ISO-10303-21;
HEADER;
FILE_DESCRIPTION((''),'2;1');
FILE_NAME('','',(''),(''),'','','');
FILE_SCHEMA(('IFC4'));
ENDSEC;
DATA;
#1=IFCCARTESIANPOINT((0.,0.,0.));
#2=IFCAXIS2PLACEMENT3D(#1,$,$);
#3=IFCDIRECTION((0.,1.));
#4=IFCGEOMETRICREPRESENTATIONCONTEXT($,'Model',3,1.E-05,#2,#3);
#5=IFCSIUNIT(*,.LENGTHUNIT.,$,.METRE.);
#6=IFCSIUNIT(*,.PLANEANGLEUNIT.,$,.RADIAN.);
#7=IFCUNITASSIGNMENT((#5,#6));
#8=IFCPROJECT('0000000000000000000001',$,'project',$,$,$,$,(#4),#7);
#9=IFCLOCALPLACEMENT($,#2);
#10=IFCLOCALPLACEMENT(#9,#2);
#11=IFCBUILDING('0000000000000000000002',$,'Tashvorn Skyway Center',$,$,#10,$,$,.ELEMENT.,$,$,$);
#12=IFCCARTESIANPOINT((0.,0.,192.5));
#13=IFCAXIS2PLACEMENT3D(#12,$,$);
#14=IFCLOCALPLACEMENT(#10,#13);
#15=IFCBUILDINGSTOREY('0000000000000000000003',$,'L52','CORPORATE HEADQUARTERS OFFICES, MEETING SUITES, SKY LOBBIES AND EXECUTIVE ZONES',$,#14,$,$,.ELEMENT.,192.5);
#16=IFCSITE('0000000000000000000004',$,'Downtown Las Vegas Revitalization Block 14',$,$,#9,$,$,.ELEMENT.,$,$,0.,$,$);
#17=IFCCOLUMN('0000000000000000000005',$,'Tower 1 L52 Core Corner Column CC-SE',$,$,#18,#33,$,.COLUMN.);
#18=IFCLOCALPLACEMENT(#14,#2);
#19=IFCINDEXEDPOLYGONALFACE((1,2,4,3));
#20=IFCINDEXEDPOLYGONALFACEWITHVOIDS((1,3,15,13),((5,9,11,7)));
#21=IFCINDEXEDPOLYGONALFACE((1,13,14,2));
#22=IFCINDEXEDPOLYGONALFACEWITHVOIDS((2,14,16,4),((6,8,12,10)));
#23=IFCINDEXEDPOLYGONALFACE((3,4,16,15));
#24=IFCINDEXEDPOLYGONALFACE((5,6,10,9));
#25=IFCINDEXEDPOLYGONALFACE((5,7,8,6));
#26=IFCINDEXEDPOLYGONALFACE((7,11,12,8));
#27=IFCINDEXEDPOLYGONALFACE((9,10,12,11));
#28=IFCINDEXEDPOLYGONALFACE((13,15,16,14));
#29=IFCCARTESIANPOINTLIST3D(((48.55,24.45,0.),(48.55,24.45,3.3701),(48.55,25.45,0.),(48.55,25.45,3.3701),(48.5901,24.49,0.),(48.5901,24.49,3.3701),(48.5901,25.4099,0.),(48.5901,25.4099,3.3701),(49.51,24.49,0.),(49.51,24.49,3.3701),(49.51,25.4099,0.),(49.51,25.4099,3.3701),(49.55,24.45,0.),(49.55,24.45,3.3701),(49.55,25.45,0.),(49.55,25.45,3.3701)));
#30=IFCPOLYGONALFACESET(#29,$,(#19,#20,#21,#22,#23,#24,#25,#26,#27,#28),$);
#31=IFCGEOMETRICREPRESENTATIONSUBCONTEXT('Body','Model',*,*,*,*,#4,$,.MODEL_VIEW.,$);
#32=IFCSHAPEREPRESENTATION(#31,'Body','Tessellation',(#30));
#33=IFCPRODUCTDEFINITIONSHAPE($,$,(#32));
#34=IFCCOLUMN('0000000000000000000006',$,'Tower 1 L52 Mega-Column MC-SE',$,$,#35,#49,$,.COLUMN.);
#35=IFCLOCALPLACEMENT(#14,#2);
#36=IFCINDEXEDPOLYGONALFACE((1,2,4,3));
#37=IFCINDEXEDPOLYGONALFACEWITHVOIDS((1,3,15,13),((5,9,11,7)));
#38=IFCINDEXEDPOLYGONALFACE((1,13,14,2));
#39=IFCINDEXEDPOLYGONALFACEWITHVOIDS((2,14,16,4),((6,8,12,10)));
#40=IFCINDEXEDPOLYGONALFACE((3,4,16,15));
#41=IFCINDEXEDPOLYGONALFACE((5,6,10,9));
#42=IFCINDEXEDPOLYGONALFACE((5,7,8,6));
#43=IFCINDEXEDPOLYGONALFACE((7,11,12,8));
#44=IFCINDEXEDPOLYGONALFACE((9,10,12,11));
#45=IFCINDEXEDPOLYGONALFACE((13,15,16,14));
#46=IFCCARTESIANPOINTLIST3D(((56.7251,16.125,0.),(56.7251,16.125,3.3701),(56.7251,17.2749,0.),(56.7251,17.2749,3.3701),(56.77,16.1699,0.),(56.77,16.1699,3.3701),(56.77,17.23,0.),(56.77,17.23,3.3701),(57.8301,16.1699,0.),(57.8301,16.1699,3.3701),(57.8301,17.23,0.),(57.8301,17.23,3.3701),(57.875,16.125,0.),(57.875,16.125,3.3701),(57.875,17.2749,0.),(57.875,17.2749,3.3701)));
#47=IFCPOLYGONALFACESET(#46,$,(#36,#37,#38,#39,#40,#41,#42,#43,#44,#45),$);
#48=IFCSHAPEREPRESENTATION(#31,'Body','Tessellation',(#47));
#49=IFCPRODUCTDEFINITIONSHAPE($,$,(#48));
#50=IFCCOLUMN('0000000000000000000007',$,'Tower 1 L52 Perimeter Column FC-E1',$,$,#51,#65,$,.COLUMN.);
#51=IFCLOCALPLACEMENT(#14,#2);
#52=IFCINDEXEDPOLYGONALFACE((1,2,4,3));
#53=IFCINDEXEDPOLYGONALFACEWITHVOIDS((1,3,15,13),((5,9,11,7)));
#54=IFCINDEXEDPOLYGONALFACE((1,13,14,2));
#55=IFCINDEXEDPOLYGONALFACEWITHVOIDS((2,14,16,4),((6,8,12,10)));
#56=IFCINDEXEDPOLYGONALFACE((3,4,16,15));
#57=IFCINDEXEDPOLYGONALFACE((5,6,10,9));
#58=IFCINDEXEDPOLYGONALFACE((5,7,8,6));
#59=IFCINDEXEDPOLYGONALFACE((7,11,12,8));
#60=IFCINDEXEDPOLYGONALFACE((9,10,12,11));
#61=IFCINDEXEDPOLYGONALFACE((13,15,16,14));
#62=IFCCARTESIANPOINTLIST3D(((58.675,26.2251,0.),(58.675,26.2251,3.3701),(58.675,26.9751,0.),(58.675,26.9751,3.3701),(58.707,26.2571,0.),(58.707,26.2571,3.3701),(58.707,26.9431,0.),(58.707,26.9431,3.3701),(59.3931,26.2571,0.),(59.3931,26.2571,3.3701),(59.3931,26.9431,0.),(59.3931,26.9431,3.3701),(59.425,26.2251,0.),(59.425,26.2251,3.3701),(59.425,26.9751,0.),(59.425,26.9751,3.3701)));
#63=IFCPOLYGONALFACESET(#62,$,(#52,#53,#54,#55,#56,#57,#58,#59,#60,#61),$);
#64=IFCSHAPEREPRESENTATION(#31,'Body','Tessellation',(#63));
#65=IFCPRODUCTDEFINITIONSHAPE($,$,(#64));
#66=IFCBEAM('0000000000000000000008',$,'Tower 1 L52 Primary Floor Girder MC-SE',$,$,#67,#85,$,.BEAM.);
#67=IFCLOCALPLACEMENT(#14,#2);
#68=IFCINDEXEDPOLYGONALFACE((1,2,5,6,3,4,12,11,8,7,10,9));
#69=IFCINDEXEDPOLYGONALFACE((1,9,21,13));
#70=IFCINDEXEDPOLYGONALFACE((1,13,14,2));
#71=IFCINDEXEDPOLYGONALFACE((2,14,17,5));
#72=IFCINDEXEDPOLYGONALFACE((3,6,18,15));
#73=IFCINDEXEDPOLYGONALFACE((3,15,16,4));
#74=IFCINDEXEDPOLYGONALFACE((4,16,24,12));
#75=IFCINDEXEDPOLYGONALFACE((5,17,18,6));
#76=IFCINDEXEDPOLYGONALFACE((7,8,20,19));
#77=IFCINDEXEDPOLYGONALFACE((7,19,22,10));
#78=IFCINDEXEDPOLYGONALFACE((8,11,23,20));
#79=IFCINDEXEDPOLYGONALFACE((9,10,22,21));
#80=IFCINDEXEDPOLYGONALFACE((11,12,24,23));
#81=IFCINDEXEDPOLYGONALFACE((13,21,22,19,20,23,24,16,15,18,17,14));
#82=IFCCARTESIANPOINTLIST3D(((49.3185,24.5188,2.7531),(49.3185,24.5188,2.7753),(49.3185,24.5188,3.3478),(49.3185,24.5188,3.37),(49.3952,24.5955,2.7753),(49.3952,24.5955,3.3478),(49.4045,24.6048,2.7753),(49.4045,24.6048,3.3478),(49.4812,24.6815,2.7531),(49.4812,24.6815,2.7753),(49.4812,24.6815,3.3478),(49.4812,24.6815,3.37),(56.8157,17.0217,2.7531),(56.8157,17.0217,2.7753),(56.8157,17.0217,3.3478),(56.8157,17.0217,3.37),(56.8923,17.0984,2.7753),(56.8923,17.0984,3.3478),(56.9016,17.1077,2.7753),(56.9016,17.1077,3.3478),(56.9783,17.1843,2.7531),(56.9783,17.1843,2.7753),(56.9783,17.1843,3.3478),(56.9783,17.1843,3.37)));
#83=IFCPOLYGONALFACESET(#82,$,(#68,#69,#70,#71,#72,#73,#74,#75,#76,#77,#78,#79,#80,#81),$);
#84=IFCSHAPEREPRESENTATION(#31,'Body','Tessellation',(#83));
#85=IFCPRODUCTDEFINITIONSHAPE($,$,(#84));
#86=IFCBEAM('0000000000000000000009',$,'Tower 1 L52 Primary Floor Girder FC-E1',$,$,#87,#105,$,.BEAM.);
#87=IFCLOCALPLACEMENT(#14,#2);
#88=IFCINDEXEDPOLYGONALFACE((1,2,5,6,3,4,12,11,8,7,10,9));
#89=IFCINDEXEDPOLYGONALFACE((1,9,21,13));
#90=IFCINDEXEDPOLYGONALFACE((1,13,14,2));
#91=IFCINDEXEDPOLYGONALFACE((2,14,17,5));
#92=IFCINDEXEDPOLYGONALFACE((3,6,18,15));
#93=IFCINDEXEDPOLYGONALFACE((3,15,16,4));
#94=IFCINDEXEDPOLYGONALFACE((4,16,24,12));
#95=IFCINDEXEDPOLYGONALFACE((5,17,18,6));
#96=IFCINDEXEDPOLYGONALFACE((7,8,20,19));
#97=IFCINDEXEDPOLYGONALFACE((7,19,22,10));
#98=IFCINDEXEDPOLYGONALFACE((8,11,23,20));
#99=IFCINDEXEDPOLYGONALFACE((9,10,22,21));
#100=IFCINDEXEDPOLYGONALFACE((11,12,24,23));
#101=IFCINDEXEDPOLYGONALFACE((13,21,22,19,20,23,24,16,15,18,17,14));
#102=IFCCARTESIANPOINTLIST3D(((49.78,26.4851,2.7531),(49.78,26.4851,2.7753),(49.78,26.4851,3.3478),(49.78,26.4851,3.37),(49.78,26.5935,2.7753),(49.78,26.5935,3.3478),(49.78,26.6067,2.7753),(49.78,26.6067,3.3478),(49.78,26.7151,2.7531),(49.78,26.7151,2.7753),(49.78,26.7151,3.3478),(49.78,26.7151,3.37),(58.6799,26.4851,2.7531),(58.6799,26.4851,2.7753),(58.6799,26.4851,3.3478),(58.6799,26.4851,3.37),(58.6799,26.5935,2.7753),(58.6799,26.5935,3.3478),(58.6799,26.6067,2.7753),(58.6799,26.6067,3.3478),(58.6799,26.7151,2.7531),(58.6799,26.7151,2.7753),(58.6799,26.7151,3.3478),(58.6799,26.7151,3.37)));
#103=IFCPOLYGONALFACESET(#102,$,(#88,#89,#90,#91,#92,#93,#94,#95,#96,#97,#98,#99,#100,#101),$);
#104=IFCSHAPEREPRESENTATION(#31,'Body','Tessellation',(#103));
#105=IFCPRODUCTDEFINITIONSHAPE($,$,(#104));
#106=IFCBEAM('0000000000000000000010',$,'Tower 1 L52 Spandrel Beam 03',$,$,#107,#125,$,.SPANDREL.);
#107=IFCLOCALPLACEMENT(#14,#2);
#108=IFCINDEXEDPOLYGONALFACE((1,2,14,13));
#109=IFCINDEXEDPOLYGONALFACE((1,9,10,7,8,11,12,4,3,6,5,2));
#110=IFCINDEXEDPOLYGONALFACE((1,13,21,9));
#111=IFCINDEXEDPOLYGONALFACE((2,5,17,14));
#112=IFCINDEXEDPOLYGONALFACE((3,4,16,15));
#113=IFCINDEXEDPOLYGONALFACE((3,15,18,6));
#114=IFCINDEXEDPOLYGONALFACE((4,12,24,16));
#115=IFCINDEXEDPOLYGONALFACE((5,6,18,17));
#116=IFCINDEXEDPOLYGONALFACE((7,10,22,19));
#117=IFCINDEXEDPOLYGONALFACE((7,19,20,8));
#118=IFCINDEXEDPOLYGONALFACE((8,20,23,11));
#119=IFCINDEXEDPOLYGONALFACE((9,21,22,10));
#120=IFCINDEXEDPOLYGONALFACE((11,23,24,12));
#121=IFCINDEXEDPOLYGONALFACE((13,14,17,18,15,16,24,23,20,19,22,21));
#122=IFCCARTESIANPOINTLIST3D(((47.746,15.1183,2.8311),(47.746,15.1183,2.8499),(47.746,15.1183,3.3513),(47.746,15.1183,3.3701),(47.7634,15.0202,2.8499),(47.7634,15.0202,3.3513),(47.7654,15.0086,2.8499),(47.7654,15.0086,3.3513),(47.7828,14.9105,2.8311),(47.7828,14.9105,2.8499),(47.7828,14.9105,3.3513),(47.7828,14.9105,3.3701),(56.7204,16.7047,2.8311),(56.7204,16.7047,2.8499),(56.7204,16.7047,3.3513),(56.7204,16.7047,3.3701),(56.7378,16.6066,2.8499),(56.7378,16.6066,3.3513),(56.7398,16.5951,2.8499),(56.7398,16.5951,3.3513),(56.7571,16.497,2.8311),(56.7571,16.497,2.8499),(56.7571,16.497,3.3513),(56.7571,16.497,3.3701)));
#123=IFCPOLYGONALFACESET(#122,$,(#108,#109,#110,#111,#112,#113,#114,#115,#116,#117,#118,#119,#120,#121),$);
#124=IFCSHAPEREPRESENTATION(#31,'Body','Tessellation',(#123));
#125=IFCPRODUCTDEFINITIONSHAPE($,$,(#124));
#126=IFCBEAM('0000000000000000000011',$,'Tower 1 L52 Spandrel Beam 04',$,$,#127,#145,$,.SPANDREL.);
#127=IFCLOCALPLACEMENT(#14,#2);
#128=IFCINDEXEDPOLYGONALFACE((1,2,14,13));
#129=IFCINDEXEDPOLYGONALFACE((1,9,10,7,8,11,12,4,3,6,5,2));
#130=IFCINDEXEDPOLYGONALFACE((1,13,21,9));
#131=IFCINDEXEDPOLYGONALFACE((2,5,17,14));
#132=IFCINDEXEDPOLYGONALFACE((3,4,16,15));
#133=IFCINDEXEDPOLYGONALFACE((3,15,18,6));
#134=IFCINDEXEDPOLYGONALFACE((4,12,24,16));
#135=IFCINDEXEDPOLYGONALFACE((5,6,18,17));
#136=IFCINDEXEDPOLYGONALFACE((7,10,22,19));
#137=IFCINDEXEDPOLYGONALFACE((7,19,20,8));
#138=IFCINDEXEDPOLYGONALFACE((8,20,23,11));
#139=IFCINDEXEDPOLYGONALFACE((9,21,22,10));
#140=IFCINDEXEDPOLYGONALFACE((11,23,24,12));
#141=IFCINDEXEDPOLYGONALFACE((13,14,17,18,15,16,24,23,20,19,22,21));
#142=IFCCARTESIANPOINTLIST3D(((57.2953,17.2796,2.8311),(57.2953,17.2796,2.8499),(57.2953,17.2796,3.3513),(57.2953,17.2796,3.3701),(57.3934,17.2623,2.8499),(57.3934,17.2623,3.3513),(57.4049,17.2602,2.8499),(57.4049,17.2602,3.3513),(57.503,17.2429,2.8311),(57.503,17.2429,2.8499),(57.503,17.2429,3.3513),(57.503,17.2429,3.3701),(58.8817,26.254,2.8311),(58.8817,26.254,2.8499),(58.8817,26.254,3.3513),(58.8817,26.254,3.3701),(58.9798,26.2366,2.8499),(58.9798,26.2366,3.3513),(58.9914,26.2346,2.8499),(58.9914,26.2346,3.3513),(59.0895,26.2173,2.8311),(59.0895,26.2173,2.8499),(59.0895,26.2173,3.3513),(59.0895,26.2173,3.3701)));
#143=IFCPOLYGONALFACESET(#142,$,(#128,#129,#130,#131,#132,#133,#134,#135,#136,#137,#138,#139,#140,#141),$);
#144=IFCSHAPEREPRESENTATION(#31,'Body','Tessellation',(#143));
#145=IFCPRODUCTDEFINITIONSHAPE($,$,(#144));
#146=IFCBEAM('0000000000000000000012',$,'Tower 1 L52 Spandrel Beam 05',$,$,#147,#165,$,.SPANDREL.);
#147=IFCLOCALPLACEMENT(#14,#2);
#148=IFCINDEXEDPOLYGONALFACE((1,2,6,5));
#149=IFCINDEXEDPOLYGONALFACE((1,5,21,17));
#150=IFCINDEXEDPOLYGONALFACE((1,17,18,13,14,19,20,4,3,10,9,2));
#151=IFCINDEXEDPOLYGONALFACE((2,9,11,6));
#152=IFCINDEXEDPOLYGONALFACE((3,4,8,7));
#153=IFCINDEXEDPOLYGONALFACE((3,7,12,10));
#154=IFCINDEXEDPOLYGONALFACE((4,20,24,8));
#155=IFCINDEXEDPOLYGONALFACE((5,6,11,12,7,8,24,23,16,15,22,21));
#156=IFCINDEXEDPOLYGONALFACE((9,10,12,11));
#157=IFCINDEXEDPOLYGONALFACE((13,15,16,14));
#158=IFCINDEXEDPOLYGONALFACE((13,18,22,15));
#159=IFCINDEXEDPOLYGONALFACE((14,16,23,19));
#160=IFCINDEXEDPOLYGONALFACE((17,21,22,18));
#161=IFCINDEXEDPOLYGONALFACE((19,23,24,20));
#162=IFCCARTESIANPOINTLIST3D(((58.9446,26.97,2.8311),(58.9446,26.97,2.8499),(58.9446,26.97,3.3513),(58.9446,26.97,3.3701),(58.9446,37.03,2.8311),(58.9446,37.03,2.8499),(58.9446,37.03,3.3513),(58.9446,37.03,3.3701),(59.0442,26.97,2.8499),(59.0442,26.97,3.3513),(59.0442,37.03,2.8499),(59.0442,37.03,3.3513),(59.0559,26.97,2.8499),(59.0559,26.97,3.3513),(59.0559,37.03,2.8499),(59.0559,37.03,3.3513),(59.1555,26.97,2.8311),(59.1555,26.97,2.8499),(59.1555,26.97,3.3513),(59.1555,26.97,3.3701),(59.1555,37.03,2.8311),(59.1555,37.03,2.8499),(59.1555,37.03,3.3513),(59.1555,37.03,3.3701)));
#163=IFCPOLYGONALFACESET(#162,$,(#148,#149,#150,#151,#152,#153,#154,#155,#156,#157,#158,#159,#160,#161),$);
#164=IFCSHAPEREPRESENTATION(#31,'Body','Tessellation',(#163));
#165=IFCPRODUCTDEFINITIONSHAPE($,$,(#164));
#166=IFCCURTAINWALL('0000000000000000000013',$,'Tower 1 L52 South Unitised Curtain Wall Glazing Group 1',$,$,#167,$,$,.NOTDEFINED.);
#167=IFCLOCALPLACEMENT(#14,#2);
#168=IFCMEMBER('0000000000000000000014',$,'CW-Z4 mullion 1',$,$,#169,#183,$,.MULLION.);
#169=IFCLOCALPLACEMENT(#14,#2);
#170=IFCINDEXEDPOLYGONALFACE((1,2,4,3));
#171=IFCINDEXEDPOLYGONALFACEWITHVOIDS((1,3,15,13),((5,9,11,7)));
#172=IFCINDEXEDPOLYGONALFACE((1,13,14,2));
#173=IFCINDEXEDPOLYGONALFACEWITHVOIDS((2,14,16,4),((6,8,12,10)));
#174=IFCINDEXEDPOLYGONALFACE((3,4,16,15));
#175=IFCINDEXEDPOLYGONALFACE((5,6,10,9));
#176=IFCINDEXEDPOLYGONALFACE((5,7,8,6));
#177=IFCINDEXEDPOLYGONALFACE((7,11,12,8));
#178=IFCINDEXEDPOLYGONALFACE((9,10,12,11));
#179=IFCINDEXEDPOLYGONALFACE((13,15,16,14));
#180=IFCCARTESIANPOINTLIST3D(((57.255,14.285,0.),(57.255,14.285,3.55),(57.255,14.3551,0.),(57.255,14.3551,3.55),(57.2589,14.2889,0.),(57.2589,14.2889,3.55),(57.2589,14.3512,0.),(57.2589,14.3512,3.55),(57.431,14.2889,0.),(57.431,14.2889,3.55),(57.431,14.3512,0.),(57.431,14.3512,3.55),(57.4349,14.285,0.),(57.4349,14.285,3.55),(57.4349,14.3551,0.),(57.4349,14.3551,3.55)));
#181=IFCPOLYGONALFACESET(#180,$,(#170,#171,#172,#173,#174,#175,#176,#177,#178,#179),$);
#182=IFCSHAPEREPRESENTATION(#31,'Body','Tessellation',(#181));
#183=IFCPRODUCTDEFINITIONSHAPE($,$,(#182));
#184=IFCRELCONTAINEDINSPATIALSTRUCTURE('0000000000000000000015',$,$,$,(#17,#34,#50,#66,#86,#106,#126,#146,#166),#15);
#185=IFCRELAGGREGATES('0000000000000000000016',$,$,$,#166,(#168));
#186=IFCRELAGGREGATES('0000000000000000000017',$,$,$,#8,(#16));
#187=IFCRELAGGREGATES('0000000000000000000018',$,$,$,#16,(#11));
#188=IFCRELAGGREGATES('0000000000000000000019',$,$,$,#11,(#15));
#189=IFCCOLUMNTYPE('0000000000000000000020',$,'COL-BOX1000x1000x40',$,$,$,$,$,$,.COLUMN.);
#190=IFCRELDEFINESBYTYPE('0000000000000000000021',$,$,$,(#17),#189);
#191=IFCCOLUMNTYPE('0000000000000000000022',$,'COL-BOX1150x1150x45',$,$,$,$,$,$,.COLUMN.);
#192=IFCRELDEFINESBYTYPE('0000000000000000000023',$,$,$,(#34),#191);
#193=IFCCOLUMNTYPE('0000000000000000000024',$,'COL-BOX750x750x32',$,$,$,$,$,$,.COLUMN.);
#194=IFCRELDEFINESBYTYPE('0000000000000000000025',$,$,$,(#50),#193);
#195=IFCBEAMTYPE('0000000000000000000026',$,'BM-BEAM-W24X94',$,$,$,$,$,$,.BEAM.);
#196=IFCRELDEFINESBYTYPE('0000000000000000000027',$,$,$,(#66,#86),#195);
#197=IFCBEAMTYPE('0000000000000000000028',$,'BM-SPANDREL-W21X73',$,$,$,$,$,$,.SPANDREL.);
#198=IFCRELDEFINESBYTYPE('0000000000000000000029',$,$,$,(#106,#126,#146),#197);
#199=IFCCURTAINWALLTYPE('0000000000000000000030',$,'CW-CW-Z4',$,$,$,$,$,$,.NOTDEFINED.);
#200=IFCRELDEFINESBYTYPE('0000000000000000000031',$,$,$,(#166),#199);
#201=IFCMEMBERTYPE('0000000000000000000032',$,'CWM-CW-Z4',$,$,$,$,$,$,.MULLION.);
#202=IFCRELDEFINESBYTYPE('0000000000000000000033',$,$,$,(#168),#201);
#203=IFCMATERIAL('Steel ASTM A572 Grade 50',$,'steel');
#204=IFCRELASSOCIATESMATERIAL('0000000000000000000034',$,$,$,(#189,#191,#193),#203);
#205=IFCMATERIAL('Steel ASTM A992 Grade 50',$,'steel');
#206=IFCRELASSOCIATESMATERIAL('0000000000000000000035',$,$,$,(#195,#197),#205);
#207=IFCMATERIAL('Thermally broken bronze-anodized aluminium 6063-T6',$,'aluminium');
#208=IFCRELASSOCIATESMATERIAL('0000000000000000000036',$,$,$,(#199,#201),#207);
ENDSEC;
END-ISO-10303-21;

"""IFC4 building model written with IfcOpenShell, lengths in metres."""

from ifc_helpers import new_model, si_unit, direction, frame, origin, origin_2d, place, context, subcontext, project, spatial, hollow_rectangle, i_section, extrude, material, material_profile, profile_set, type_object, element, aggregate, save


model = new_model("IFC4")

# Units and contexts
model_context = context("Model", 3, precision=1e-05, world=origin(), true_north=direction((0.0, 1.0)))
body_context = subcontext(model_context, "Body", "Model", "MODEL_VIEW")
ifc_project = project(units=[si_unit("LENGTHUNIT", "METRE"), si_unit("PLANEANGLEUNIT", "RADIAN")], contexts=[model_context])

# Site, building, storey
site_placement = place(None, origin())
site = spatial("IfcSite", under=ifc_project, at=site_placement, Name="Downtown Las Vegas Revitalization Block 14", CompositionType="ELEMENT", RefElevation=0.0)
building_placement = place(site_placement, origin())
building = spatial("IfcBuilding", under=site, at=building_placement, Name="Tashvorn Skyway Center", CompositionType="ELEMENT")
storey_placement = place(building_placement, frame((0.0, 0.0, 192.5)))
storey = spatial("IfcBuildingStorey", under=building, at=storey_placement, Name="L52", Description="CORPORATE HEADQUARTERS OFFICES, MEETING SUITES, SKY LOBBIES AND EXECUTIVE ZONES", CompositionType="ELEMENT", Elevation=192.5)

# Columns
ifc_material_1 = material(Name="Steel ASTM A572 Grade 50", Category="steel")
ifc_material_profile_1 = material_profile(ifc_material_1, hollow_rectangle(XDim=1.0, YDim=1.0, WallThickness=0.04, at=origin_2d()), Name="BOX1000x1000x40")
ifc_profile_set_1 = profile_set([ifc_material_profile_1], Name="Steel ASTM A572 Grade 50")
column_type_1 = type_object("IfcColumnType", Name="COL-BOX1000x1000x40", PredefinedType="COLUMN", material=ifc_profile_set_1)
column_1_placement = place(storey_placement, frame((49.05, 24.95, 0.0), z_axis=(0.0, 0.0, 1.0), x_axis=(1.0, 0.0, 0.0)))
element("IfcColumn", 1, at=column_1_placement, inside=storey, type_object=column_type_1, Name="Tower 1 L52 Core Corner Column CC-SE", PredefinedType="COLUMN", context=body_context, shape_type="SweptSolid", body=[
    extrude(hollow_rectangle(XDim=1.0, YDim=1.0, WallThickness=0.04, at=origin_2d()), origin(), (0.0, 0.0, 1.0), 3.3701),
])
ifc_material_profile_2 = material_profile(ifc_material_1, hollow_rectangle(XDim=1.1499, YDim=1.1499, WallThickness=0.0449, at=origin_2d()), Name="BOX1150x1150x45")
ifc_profile_set_2 = profile_set([ifc_material_profile_2], Name="Steel ASTM A572 Grade 50")
column_type_2 = type_object("IfcColumnType", Name="COL-BOX1150x1150x45", PredefinedType="COLUMN", material=ifc_profile_set_2)
column_2_placement = place(storey_placement, frame((57.3, 16.7, 0.0), z_axis=(0.0, 0.0, 1.0), x_axis=(1.0, 0.0, 0.0)))
element("IfcColumn", 2, at=column_2_placement, inside=storey, type_object=column_type_2, Name="Tower 1 L52 Mega-Column MC-SE", PredefinedType="COLUMN", context=body_context, shape_type="SweptSolid", body=[
    extrude(hollow_rectangle(XDim=1.1499, YDim=1.1499, WallThickness=0.0449, at=origin_2d()), origin(), (0.0, 0.0, 1.0), 3.3701),
])
ifc_material_profile_3 = material_profile(ifc_material_1, hollow_rectangle(XDim=0.75, YDim=0.75, WallThickness=0.032, at=origin_2d()), Name="BOX750x750x32")
ifc_profile_set_3 = profile_set([ifc_material_profile_3], Name="Steel ASTM A572 Grade 50")
column_type_3 = type_object("IfcColumnType", Name="COL-BOX750x750x32", PredefinedType="COLUMN", material=ifc_profile_set_3)
column_3_placement = place(storey_placement, frame((59.05, 26.6001, 0.0), z_axis=(0.0, 0.0, 1.0), x_axis=(1.0, 0.0, 0.0)))
element("IfcColumn", 3, at=column_3_placement, inside=storey, type_object=column_type_3, Name="Tower 1 L52 Perimeter Column FC-E1", PredefinedType="COLUMN", context=body_context, shape_type="SweptSolid", body=[
    extrude(hollow_rectangle(XDim=0.75, YDim=0.75, WallThickness=0.032, at=origin_2d()), origin(), (0.0, 0.0, 1.0), 3.3701),
])

# Beams
ifc_material_2 = material(Name="Steel ASTM A992 Grade 50", Category="steel")
ifc_material_profile_4 = material_profile(ifc_material_2, i_section(OverallWidth=0.23, OverallDepth=0.6169, WebThickness=0.0132, FlangeThickness=0.0222, at=origin_2d()), Name="W24X94")
ifc_profile_set_4 = profile_set([ifc_material_profile_4], Name="Steel ASTM A992 Grade 50")
beam_type_1 = type_object("IfcBeamType", Name="BM-BEAM-W24X94", PredefinedType="BEAM", material=ifc_profile_set_4)
beam_1_placement = place(storey_placement, frame((56.897, 17.103, 3.0615), z_axis=(-0.707107, 0.707107, 0.0), x_axis=(-0.707107, -0.707107, 0.0)))
element("IfcBeam", 4, at=beam_1_placement, inside=storey, type_object=beam_type_1, Name="Tower 1 L52 Primary Floor Girder MC-SE", PredefinedType="BEAM", context=body_context, shape_type="SweptSolid", body=[
    extrude(i_section(OverallWidth=0.23, OverallDepth=0.6169, WebThickness=0.0132, FlangeThickness=0.0222, at=origin_2d()), origin(), (0.0, 0.0, 1.0), 10.6025),
])
beam_2_placement = place(storey_placement, frame((58.6799, 26.6001, 3.0615), z_axis=(-1.0, 0.0, 0.0), x_axis=(0.0, -1.0, 0.0)))
element("IfcBeam", 5, at=beam_2_placement, inside=storey, type_object=beam_type_1, Name="Tower 1 L52 Primary Floor Girder FC-E1", PredefinedType="BEAM", context=body_context, shape_type="SweptSolid", body=[
    extrude(i_section(OverallWidth=0.23, OverallDepth=0.6169, WebThickness=0.0132, FlangeThickness=0.0222, at=origin_2d()), origin(), (0.0, 0.0, 1.0), 8.8999),
])
ifc_material_profile_5 = material_profile(ifc_material_2, i_section(OverallWidth=0.2109, OverallDepth=0.5391, WebThickness=0.0117, FlangeThickness=0.0188, at=origin_2d()), Name="W21X73")
ifc_profile_set_5 = profile_set([ifc_material_profile_5], Name="Steel ASTM A992 Grade 50")
beam_type_2 = type_object("IfcBeamType", Name="BM-SPANDREL-W21X73", PredefinedType="SPANDREL", material=ifc_profile_set_5)
for number, where, z_axis, x_axis, name in (
    (6, (47.7644, 15.0144, 3.1006), (0.984733, 0.174074, 0.0), (-0.174074, 0.984733, 0.0), "Tower 1 L52 Spandrel Beam 03"),
    (7, (57.3992, 17.2612, 3.1006), (0.174074, 0.984733, 0.0), (-0.984733, 0.174074, 0.0), "Tower 1 L52 Spandrel Beam 04"),
):
    element("IfcBeam", number, at=place(storey_placement, frame(where, z_axis=z_axis, x_axis=x_axis)), inside=storey, type_object=beam_type_2, Name=name, PredefinedType="SPANDREL", context=body_context, shape_type="SweptSolid", body=[
        extrude(i_section(OverallWidth=0.2109, OverallDepth=0.5391, WebThickness=0.0117, FlangeThickness=0.0188, at=origin_2d()), origin(), (0.0, 0.0, 1.0), 9.1135),
    ])
beam_3_placement = place(storey_placement, frame((59.05, 26.97, 3.1006), z_axis=(0.0, 1.0, 0.0), x_axis=(-1.0, 0.0, 0.0)))
element("IfcBeam", 8, at=beam_3_placement, inside=storey, type_object=beam_type_2, Name="Tower 1 L52 Spandrel Beam 05", PredefinedType="SPANDREL", context=body_context, shape_type="SweptSolid", body=[
    extrude(i_section(OverallWidth=0.2109, OverallDepth=0.5391, WebThickness=0.0117, FlangeThickness=0.0188, at=origin_2d()), origin(), (0.0, 0.0, 1.0), 10.0601),
])

# Curtain wall, member
ifc_material_3 = material(Name="Thermally broken bronze-anodized aluminium 6063-T6", Category="aluminium")
curtain_wall_type = type_object("IfcCurtainWallType", Name="CW-CW-Z4", PredefinedType="NOTDEFINED", material=ifc_material_3)
curtain_wall_1_placement = place(storey_placement, origin())
curtain_wall_1 = element("IfcCurtainWall", 9, at=curtain_wall_1_placement, inside=storey, type_object=curtain_wall_type, Name="Tower 1 L52 South Unitised Curtain Wall Glazing Group 1", PredefinedType="NOTDEFINED")
ifc_material_profile_6 = material_profile(ifc_material_3, hollow_rectangle(XDim=0.0701, YDim=0.1799, WallThickness=0.0039, at=origin_2d()), Name="ALU-MULL-70x180")
ifc_profile_set_6 = profile_set([ifc_material_profile_6], Name="Thermally broken bronze-anodized aluminium 6063-T6")
member_type_1 = type_object("IfcMemberType", Name="CWM-CW-Z4", PredefinedType="MULLION", material=ifc_profile_set_6)
member_1_placement = place(storey_placement, frame((57.345, 14.3201, 0.0), z_axis=(0.0, 0.0, 1.0), x_axis=(0.0, -1.0, 0.0)))
member_1 = element("IfcMember", 10, at=member_1_placement, type_object=member_type_1, Name="CW-Z4 mullion 1", PredefinedType="MULLION", context=body_context, shape_type="SweptSolid", body=[
    extrude(hollow_rectangle(XDim=0.0701, YDim=0.1799, WallThickness=0.0039, at=origin_2d()), origin(), (0.0, 0.0, 1.0), 3.55),
])

aggregate(curtain_wall_1, [member_1])

save(model, "model.ifc")
